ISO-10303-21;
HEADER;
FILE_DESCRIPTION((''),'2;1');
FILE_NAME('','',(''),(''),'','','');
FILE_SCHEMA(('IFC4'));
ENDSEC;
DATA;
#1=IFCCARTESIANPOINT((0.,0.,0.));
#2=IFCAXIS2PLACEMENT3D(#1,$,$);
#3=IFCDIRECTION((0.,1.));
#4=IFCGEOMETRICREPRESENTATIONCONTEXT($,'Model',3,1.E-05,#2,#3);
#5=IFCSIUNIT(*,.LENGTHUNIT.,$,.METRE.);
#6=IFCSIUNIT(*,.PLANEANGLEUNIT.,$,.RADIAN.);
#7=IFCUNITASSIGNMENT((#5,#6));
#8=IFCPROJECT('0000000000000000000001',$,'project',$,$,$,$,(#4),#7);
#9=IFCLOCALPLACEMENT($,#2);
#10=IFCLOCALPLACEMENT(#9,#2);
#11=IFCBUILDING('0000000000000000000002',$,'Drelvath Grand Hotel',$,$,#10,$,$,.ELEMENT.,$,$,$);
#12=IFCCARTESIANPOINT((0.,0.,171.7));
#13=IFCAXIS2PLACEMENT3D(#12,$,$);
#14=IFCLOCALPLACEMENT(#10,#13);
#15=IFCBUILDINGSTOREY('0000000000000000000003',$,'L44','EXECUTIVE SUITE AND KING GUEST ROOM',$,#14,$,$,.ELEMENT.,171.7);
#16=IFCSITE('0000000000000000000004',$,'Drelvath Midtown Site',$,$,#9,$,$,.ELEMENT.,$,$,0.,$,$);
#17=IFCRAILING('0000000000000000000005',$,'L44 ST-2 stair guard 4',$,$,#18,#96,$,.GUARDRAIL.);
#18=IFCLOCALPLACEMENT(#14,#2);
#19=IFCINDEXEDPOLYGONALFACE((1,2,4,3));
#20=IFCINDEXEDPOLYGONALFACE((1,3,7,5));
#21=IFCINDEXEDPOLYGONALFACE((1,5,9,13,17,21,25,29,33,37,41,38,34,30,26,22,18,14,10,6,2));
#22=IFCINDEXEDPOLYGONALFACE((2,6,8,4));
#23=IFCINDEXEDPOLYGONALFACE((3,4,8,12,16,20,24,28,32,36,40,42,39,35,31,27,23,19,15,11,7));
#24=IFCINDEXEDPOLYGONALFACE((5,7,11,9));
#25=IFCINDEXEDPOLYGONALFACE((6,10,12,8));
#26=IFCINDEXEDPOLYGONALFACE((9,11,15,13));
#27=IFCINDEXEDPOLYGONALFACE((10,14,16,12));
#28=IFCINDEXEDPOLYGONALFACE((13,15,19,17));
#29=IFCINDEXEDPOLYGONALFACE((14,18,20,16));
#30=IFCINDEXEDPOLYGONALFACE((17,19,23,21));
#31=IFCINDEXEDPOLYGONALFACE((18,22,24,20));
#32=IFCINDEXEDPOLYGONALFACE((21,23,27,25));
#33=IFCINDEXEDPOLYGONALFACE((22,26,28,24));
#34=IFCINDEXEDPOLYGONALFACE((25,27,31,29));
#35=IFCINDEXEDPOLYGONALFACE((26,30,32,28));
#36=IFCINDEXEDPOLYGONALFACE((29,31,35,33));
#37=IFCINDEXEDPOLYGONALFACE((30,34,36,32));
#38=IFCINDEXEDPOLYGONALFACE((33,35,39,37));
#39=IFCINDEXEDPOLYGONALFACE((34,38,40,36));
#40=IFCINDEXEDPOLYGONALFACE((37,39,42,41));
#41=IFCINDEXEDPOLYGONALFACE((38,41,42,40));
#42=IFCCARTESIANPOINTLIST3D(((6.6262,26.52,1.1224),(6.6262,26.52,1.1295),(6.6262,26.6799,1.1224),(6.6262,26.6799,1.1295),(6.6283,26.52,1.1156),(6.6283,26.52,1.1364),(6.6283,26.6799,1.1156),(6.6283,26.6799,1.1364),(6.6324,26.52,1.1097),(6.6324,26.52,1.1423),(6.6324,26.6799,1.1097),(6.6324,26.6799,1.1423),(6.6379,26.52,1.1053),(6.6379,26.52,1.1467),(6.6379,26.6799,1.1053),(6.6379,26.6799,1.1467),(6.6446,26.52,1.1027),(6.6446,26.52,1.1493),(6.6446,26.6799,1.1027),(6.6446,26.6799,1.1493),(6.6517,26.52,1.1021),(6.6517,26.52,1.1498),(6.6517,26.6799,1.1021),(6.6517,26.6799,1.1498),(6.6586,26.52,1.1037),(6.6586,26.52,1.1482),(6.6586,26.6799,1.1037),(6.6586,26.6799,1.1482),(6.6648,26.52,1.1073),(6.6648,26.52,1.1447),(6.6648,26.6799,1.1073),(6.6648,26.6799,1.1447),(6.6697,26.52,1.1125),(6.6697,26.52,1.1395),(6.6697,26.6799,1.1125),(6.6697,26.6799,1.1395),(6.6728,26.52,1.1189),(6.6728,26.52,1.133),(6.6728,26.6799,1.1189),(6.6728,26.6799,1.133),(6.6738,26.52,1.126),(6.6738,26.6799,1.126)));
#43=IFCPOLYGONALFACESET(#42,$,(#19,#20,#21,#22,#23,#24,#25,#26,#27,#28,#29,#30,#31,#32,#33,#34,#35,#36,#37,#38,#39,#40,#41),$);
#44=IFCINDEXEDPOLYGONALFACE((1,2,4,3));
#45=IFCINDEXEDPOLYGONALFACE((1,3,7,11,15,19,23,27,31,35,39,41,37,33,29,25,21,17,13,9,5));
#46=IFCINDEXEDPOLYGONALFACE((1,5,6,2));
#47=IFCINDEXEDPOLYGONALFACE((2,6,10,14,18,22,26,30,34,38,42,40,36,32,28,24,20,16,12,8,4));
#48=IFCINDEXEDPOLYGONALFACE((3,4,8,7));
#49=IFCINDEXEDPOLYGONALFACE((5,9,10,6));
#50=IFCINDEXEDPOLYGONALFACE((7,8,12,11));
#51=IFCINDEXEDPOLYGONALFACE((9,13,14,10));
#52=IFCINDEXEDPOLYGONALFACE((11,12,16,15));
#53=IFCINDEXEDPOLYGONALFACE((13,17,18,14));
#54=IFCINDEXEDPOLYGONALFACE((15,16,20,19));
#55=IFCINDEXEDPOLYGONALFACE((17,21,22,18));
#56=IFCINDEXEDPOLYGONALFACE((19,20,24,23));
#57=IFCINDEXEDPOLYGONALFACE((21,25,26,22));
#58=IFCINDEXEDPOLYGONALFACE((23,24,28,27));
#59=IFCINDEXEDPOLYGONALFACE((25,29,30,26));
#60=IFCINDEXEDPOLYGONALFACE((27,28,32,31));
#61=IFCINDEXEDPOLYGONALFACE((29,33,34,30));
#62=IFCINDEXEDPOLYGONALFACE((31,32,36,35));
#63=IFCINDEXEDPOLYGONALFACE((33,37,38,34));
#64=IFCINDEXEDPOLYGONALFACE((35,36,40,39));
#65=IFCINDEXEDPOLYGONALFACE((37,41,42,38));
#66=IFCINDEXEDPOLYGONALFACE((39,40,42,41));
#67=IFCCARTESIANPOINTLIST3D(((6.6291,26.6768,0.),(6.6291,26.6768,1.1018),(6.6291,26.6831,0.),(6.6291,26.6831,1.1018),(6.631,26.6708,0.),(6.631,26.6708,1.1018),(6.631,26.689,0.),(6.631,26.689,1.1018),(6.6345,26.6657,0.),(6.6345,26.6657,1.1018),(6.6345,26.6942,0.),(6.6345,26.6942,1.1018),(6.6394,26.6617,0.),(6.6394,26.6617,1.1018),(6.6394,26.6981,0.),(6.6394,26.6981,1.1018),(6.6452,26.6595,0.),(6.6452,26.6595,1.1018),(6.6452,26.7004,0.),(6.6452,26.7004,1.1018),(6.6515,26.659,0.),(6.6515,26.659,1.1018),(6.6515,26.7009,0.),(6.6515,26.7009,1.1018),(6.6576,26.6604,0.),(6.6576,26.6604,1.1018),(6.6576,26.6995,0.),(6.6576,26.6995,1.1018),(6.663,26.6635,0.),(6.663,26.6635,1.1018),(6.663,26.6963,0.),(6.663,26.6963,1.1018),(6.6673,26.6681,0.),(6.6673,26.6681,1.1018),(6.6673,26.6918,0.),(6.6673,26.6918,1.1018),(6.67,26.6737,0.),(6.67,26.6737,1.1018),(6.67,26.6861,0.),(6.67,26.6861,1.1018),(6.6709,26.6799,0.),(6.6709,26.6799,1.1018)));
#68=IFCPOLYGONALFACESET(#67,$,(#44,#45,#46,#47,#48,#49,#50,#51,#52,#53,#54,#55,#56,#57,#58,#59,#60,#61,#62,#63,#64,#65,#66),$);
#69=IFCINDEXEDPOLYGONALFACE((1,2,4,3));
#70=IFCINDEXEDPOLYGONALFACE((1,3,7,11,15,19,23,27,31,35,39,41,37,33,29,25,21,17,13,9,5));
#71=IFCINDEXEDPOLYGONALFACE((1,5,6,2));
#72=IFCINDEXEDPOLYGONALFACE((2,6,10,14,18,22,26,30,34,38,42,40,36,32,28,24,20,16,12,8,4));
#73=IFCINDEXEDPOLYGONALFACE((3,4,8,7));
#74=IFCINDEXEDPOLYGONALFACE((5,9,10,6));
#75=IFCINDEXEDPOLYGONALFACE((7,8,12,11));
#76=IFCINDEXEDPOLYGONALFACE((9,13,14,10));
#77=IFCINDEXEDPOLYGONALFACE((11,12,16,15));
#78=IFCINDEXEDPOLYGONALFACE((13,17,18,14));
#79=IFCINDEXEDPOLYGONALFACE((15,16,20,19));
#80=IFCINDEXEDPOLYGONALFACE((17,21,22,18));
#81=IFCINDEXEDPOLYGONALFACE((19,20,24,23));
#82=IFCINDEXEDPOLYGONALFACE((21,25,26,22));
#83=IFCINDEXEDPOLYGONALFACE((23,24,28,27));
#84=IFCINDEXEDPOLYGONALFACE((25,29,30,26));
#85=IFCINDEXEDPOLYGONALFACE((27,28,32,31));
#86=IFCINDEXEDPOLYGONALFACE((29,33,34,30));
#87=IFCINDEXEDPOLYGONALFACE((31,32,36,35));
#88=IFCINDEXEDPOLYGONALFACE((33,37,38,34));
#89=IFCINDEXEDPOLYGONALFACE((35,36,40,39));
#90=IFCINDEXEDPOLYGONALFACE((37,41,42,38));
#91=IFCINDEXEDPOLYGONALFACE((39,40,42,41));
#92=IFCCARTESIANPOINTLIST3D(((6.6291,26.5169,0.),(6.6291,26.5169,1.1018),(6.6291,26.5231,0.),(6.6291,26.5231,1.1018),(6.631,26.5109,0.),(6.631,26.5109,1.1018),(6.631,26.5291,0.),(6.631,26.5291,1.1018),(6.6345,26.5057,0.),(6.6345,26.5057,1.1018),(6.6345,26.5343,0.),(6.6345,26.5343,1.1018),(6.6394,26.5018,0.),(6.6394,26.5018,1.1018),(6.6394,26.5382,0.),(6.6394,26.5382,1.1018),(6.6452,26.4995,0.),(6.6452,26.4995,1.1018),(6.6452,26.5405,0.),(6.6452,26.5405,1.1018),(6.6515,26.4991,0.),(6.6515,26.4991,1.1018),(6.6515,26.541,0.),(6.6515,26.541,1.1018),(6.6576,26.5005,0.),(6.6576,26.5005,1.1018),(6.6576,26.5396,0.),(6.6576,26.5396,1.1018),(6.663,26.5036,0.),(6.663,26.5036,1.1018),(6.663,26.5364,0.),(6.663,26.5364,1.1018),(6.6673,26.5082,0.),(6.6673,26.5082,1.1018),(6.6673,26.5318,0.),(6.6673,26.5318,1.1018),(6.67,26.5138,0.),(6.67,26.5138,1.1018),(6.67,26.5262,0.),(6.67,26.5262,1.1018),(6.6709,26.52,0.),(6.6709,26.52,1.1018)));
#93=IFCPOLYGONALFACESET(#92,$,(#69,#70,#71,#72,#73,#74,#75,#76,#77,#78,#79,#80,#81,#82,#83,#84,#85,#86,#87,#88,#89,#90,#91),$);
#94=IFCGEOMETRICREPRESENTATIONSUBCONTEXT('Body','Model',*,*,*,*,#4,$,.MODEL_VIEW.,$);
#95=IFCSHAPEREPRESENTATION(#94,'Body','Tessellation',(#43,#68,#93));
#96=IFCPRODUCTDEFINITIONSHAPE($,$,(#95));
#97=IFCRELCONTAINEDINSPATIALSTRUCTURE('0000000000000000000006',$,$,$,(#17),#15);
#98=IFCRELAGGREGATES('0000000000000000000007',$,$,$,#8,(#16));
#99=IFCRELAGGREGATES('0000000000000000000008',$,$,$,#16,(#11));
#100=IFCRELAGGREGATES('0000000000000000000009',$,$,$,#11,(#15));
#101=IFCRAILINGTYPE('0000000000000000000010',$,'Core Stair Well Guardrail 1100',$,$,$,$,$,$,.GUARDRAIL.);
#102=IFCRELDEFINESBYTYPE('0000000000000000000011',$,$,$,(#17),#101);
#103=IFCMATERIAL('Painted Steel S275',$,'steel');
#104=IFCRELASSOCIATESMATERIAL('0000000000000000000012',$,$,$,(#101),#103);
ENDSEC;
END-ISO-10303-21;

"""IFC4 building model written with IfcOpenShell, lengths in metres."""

from ifc_helpers import new_model, si_unit, direction, frame, origin, origin_2d, place, context, subcontext, project, spatial, circle, extrude, material, type_object, element, save


model = new_model("IFC4")

# Units and contexts
model_context = context("Model", 3, precision=1e-05, world=origin(), true_north=direction((0.0, 1.0)))
body_context = subcontext(model_context, "Body", "Model", "MODEL_VIEW")
ifc_project = project(units=[si_unit("LENGTHUNIT", "METRE"), si_unit("PLANEANGLEUNIT", "RADIAN")], contexts=[model_context])

# Site, building, storey
site_placement = place(None, origin())
site = spatial("IfcSite", under=ifc_project, at=site_placement, Name="Drelvath Midtown Site", CompositionType="ELEMENT", RefElevation=0.0)
building_placement = place(site_placement, origin())
building = spatial("IfcBuilding", under=site, at=building_placement, Name="Drelvath Grand Hotel", CompositionType="ELEMENT")
storey_placement = place(building_placement, frame((0.0, 0.0, 171.7)))
storey = spatial("IfcBuildingStorey", under=building, at=storey_placement, Name="L44", Description="EXECUTIVE SUITE AND KING GUEST ROOM", CompositionType="ELEMENT", Elevation=171.7)

# Shared definitions
ifc_material_1 = material(Name="Painted Steel S275", Category="steel")

# Railing
railing_type_1 = type_object("IfcRailingType", Name="Core Stair Well Guardrail 1100", PredefinedType="GUARDRAIL", material=ifc_material_1)
railing_1_placement = place(storey_placement, frame((6.6499, 26.6799, 0.0)))
element("IfcRailing", 1, at=railing_1_placement, inside=storey, type_object=railing_type_1, Name="L44 ST-2 stair guard 4", PredefinedType="GUARDRAIL", context=body_context, shape_type="SweptSolid", body=[
    extrude(circle(Radius=0.0239, at=origin_2d()), frame((0.0, 0.0, 1.126), z_axis=(0.0, -1.0, 0.0), x_axis=(1.0, 0.0, 0.0)), (0.0, 0.0, 1.0), 0.1599),
    extrude(circle(Radius=0.021, at=origin_2d()), origin(), (0.0, 0.0, 1.0), 1.1018),
    extrude(circle(Radius=0.021, at=origin_2d()), frame((0.0, -0.1599, 0.0)), (0.0, 0.0, 1.0), 1.1018),
])

save(model, "model.ifc")
